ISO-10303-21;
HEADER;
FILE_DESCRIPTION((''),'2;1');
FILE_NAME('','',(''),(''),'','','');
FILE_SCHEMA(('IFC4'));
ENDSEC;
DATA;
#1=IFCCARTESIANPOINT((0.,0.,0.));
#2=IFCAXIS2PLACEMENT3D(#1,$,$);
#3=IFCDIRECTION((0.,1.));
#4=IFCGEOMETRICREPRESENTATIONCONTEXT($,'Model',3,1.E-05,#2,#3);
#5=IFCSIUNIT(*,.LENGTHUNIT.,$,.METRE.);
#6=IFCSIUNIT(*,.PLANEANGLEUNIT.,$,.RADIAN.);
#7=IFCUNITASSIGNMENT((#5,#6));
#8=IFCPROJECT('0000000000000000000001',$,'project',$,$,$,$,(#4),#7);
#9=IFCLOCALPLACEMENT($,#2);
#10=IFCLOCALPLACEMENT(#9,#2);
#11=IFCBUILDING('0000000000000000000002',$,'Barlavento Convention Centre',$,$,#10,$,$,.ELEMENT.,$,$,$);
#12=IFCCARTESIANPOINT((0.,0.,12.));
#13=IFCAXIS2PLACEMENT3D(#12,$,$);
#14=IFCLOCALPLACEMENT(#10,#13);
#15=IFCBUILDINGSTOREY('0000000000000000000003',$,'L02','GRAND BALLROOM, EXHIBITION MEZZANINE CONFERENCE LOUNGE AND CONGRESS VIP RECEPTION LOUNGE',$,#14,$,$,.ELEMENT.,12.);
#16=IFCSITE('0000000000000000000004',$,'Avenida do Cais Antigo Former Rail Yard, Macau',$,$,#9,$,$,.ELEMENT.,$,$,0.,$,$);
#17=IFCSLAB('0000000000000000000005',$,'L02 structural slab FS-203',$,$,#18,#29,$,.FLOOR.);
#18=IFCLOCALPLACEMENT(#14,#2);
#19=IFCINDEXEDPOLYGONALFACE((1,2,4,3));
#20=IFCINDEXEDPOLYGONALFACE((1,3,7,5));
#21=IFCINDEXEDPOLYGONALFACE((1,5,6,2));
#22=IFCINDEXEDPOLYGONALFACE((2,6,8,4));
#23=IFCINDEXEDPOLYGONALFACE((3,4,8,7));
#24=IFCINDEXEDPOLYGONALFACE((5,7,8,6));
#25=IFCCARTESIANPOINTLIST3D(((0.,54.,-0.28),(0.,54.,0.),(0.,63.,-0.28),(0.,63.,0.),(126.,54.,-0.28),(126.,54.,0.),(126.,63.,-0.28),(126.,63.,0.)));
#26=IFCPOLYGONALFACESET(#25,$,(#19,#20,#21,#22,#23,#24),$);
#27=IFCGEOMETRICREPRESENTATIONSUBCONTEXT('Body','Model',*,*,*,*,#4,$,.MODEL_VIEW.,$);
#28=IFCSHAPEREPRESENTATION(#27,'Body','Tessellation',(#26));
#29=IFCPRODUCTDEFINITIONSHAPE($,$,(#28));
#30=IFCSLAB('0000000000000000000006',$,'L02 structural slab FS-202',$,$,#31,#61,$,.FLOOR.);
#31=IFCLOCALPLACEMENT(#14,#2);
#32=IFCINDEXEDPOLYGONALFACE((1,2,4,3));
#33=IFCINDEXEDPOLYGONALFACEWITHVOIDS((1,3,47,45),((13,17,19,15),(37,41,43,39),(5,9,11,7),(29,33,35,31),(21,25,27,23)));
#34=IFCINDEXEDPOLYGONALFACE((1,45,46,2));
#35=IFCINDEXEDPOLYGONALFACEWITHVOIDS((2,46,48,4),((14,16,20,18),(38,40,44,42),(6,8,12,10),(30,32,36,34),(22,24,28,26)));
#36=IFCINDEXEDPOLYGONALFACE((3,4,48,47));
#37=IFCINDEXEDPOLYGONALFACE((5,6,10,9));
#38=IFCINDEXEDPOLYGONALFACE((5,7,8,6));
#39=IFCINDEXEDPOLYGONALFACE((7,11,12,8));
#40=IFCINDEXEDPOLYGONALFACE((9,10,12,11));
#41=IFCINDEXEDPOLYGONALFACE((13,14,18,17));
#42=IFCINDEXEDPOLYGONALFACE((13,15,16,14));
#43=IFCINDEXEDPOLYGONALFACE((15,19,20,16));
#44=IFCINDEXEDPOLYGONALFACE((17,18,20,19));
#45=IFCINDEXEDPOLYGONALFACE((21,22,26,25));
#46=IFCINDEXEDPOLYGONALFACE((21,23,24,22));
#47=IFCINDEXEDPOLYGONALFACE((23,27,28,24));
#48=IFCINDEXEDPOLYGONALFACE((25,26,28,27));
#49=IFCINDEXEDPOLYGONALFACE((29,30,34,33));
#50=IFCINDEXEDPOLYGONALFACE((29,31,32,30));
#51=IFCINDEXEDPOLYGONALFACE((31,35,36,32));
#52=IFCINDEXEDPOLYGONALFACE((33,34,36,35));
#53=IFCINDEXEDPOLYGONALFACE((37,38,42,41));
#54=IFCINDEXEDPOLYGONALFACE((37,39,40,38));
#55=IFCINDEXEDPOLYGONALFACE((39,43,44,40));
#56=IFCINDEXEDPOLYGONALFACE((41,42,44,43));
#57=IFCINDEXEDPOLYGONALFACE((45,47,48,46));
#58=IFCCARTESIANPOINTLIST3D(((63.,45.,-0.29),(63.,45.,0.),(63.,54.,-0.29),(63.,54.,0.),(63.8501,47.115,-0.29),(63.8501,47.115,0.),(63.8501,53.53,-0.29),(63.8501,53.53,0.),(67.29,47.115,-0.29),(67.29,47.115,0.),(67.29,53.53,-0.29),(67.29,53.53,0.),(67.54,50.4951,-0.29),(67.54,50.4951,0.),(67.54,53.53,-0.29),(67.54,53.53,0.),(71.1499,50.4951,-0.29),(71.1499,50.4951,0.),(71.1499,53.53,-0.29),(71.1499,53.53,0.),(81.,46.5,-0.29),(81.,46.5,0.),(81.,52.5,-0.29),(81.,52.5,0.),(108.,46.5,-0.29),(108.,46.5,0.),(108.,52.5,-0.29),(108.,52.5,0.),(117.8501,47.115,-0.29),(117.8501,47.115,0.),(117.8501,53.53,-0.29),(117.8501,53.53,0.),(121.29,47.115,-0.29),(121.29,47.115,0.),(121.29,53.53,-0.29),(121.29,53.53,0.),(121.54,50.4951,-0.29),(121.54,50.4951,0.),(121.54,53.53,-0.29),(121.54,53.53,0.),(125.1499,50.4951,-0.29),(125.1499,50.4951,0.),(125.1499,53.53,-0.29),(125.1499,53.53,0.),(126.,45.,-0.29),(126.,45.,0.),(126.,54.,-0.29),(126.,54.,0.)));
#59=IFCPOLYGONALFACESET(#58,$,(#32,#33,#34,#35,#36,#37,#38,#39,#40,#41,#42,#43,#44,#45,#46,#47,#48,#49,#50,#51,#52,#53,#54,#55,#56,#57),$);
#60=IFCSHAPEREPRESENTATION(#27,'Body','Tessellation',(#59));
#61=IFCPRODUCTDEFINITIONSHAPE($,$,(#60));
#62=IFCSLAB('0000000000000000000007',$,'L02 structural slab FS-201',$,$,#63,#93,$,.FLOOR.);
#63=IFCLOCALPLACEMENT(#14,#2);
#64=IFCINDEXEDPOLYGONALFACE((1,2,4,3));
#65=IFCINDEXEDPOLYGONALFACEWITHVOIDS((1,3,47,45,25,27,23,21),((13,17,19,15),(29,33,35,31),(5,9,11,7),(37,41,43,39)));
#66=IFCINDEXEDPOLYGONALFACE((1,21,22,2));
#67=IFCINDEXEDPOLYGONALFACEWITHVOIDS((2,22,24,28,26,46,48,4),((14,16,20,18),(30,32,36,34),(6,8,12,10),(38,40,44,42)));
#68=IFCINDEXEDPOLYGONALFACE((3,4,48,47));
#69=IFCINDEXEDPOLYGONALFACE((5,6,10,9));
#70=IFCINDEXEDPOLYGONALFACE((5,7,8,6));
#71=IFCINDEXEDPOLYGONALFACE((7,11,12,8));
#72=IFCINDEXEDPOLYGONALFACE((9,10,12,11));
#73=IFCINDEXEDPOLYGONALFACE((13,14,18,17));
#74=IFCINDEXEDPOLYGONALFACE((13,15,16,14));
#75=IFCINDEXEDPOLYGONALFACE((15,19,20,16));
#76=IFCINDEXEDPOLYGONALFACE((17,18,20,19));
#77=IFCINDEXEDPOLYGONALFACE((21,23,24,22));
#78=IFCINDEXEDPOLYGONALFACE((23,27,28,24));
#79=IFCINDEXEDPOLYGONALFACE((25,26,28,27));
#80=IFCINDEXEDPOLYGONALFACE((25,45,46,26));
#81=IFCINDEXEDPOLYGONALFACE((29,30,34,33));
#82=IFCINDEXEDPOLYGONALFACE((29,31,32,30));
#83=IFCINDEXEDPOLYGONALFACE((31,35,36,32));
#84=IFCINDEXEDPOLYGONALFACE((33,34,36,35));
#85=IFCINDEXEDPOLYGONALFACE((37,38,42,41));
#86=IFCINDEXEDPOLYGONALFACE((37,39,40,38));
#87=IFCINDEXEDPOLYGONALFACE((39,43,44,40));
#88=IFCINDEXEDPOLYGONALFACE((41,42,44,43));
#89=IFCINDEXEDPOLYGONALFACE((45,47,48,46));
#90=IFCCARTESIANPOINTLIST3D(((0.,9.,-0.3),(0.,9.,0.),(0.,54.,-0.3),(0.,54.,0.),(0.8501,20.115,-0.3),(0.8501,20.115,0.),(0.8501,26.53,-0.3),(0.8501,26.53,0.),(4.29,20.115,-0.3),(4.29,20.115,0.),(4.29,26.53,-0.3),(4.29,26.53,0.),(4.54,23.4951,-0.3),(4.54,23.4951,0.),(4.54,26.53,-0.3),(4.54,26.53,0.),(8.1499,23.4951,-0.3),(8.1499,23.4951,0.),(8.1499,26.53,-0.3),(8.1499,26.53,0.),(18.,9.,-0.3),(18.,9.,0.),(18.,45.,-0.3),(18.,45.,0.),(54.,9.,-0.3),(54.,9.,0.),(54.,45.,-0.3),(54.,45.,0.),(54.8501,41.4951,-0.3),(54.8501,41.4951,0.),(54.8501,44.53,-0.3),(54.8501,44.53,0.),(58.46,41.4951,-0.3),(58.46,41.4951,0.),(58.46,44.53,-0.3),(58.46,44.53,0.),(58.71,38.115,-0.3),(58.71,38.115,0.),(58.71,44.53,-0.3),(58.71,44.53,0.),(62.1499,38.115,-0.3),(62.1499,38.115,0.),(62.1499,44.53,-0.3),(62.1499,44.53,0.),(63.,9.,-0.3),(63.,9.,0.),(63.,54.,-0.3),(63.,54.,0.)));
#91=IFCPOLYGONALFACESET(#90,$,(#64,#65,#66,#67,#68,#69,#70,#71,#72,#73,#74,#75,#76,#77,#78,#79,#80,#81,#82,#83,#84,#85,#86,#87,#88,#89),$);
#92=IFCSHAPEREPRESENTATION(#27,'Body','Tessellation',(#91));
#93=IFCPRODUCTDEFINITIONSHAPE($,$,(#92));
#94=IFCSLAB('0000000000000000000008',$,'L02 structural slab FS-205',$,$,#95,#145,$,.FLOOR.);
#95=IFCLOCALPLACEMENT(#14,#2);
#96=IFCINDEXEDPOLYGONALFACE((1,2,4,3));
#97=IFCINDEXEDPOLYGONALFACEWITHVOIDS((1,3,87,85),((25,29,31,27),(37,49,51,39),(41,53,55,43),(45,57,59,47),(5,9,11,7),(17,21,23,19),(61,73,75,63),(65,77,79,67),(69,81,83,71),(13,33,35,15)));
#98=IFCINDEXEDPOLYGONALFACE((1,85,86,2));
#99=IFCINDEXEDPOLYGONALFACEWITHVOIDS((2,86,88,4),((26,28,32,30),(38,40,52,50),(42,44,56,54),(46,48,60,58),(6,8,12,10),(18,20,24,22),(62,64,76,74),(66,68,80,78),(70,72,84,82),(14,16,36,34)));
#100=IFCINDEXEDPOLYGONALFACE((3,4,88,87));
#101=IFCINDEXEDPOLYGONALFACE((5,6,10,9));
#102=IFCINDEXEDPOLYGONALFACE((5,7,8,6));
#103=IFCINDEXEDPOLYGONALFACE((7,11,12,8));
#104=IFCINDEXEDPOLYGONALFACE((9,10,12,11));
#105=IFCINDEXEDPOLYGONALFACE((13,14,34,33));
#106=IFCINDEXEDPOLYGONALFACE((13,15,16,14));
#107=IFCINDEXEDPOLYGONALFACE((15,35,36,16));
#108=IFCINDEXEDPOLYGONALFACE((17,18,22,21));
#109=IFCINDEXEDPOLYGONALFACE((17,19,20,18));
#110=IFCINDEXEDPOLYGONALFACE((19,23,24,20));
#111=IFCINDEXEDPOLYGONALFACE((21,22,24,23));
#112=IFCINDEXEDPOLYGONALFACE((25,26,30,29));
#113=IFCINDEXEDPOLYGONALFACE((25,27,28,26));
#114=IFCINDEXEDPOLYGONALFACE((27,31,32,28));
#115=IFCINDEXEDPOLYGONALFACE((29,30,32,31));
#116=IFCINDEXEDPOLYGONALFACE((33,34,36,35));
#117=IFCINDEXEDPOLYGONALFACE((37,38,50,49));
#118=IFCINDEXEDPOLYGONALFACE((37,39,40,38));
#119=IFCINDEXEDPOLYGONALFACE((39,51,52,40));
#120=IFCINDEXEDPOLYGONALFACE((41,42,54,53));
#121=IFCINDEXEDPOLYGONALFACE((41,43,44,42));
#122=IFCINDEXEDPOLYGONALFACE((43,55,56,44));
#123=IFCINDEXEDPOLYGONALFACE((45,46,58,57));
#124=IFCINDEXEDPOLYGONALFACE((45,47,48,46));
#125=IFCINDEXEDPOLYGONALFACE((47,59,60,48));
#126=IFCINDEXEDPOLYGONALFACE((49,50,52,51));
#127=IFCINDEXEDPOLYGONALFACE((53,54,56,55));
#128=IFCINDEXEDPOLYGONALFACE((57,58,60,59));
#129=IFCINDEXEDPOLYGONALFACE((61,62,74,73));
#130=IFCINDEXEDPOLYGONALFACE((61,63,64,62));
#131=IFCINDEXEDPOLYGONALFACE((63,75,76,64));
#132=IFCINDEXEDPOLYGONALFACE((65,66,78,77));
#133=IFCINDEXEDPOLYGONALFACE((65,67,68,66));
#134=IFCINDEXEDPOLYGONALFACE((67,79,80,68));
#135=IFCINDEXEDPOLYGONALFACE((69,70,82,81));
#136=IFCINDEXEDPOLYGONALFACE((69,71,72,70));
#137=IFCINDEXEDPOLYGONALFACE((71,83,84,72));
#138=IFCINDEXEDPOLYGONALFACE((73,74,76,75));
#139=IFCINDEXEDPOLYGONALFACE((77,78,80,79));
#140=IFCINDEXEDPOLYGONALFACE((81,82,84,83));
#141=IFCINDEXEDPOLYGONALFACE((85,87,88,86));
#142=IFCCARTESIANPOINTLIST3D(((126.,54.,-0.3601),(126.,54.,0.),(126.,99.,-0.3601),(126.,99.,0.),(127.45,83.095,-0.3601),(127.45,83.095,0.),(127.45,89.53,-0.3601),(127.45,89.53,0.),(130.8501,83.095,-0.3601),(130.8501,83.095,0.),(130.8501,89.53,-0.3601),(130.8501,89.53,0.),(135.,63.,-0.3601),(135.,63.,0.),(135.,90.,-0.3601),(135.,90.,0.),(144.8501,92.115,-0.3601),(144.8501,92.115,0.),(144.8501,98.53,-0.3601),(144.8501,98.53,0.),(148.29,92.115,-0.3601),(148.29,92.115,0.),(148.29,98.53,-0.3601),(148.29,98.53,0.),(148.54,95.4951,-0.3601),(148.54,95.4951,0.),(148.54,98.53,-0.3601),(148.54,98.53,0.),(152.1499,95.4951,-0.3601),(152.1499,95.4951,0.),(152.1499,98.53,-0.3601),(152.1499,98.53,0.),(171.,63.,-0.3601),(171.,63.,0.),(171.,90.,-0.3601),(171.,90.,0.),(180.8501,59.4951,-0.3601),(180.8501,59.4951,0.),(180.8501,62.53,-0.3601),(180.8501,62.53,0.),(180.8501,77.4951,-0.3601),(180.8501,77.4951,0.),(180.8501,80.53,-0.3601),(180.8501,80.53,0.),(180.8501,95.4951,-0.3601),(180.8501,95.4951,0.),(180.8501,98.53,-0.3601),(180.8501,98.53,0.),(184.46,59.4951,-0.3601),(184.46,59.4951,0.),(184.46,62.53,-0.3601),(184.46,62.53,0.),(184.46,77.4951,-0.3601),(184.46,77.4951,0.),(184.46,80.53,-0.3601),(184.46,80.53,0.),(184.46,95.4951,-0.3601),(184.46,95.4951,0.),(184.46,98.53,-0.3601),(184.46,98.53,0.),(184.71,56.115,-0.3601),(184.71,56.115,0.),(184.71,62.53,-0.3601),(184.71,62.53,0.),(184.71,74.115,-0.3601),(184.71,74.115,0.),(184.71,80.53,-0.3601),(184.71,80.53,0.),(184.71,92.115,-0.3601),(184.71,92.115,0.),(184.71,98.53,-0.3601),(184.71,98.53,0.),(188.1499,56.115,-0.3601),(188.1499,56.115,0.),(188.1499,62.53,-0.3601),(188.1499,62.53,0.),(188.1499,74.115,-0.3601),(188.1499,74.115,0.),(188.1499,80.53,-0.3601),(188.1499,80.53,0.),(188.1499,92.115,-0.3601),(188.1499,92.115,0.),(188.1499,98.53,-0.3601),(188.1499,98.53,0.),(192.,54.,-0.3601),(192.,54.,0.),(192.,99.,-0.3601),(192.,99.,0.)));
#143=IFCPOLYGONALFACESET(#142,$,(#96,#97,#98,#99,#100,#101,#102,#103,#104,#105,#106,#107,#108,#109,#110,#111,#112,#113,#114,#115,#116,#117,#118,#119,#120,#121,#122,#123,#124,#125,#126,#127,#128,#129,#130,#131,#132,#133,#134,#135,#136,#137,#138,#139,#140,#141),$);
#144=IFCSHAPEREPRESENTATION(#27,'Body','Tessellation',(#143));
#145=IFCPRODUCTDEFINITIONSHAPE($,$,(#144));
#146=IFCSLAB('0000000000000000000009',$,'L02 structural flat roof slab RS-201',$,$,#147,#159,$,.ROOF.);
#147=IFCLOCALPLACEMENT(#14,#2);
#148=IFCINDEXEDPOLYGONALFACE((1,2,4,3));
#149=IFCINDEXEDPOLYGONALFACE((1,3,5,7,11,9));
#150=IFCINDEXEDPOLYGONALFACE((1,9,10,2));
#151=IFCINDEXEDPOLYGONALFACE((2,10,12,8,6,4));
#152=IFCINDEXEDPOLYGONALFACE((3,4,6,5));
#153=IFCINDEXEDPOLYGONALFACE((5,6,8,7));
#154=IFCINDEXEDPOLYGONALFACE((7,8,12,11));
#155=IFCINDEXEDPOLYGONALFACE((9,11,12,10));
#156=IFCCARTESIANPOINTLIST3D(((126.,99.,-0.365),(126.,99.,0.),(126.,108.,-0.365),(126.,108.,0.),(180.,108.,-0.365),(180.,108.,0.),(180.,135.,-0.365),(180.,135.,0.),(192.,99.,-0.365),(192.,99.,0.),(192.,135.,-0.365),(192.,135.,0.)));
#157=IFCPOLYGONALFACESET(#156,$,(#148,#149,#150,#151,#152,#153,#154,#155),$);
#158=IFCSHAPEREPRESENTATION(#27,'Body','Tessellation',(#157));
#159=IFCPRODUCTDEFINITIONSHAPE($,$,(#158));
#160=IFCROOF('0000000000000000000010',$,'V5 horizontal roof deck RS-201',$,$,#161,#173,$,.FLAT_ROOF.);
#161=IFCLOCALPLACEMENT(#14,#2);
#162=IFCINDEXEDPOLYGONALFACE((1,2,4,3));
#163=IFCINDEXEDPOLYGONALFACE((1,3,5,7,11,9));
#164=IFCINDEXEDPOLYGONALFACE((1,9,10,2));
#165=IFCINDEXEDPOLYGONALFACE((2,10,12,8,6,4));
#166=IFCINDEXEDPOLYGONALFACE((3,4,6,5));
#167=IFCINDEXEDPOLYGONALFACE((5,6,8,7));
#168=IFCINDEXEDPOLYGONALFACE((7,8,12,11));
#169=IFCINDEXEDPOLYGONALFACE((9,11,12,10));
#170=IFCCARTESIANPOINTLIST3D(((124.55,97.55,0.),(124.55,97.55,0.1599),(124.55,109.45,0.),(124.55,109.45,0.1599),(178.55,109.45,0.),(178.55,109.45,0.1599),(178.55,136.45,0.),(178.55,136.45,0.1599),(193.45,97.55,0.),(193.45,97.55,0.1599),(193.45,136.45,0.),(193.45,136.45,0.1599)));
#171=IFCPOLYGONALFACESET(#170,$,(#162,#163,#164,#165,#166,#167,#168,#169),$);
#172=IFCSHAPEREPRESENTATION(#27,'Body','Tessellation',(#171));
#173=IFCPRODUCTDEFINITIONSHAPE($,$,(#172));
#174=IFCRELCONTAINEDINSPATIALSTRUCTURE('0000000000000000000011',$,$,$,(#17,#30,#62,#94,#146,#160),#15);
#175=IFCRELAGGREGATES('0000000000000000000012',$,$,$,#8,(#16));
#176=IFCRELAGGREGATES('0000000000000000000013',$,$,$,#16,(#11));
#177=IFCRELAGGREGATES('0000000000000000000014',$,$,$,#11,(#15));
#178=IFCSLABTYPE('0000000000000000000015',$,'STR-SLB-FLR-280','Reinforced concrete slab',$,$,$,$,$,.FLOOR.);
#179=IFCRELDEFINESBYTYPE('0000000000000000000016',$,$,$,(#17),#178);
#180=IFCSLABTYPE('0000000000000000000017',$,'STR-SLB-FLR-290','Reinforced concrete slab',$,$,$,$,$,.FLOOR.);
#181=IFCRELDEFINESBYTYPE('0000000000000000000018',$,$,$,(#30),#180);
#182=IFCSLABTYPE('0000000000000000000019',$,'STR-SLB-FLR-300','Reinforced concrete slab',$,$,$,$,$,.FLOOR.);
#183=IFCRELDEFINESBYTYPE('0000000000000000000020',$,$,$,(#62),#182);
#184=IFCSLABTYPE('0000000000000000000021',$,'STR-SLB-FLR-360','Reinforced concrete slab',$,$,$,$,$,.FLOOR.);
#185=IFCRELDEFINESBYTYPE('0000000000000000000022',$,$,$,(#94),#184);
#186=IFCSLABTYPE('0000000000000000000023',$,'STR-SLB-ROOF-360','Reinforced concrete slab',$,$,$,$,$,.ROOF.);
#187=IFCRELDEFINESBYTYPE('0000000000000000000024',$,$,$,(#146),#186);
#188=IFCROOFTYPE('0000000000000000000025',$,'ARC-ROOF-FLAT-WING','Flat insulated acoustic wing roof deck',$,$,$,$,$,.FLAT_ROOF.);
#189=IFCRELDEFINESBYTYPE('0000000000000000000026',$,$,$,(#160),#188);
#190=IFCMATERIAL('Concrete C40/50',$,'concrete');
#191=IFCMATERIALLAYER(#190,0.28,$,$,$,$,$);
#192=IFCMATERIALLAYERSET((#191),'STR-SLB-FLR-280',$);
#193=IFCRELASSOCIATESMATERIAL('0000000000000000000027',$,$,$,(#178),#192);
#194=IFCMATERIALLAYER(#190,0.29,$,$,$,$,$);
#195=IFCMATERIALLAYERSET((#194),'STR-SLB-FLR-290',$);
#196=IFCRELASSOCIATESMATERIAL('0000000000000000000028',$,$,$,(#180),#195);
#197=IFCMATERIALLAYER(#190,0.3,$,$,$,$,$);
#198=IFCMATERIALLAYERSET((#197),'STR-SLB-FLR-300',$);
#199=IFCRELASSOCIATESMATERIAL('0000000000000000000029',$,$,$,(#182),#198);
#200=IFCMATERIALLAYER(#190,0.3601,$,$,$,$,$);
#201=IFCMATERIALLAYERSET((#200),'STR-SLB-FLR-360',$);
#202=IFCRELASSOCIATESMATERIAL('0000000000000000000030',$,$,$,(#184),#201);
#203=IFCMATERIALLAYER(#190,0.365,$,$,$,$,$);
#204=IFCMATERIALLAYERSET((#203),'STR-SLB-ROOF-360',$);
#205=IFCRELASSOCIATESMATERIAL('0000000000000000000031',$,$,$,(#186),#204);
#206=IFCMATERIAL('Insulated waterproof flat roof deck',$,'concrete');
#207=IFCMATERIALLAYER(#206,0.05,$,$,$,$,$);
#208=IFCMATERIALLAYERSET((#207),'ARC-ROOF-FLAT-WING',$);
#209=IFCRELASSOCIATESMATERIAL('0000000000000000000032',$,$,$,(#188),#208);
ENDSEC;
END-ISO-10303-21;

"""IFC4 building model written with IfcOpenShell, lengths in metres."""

from ifc_helpers import new_model, si_unit, direction, frame, origin, place, context, subcontext, project, spatial, polyline, outline, extrude, material, layer, layer_set, type_object, element, save


model = new_model("IFC4")

# Units and contexts
model_context = context("Model", 3, precision=1e-05, world=origin(), true_north=direction((0.0, 1.0)))
body_context = subcontext(model_context, "Body", "Model", "MODEL_VIEW")
ifc_project = project(units=[si_unit("LENGTHUNIT", "METRE"), si_unit("PLANEANGLEUNIT", "RADIAN")], contexts=[model_context])

# Site, building, storey
site_placement = place(None, origin())
site = spatial("IfcSite", under=ifc_project, at=site_placement, Name="Avenida do Cais Antigo Former Rail Yard, Macau", CompositionType="ELEMENT", RefElevation=0.0)
building_placement = place(site_placement, origin())
building = spatial("IfcBuilding", under=site, at=building_placement, Name="Barlavento Convention Centre", CompositionType="ELEMENT")
storey_placement = place(building_placement, frame((0.0, 0.0, 12.0)))
storey = spatial("IfcBuildingStorey", under=building, at=storey_placement, Name="L02", Description="GRAND BALLROOM, EXHIBITION MEZZANINE CONFERENCE LOUNGE AND CONGRESS VIP RECEPTION LOUNGE", CompositionType="ELEMENT", Elevation=12.0)

# Slabs
ifc_material_1 = material(Name="Concrete C40/50", Category="concrete")
ifc_layer_1 = layer(ifc_material_1, 0.28)
ifc_layer_set_1 = layer_set([ifc_layer_1], Name="STR-SLB-FLR-280")
slab_type_1 = type_object("IfcSlabType", Name="STR-SLB-FLR-280", Description="Reinforced concrete slab", PredefinedType="FLOOR", material=ifc_layer_set_1)
slab_1_placement = place(storey_placement, frame((0.0, 0.0, -0.28)))
element("IfcSlab", 1, at=slab_1_placement, inside=storey, type_object=slab_type_1, Name="L02 structural slab FS-203", PredefinedType="FLOOR", context=body_context, shape_type="SweptSolid", body=[
    extrude(outline(polyline([(0.0, 54.0), (126.0, 54.0), (126.0, 63.0), (0.0, 63.0), (0.0, 54.0)])), origin(), (0.0, 0.0, 1.0), 0.28),
])
ifc_layer_2 = layer(ifc_material_1, 0.29)
ifc_layer_set_2 = layer_set([ifc_layer_2], Name="STR-SLB-FLR-290")
slab_type_2 = type_object("IfcSlabType", Name="STR-SLB-FLR-290", Description="Reinforced concrete slab", PredefinedType="FLOOR", material=ifc_layer_set_2)
slab_2_placement = place(storey_placement, frame((0.0, 0.0, -0.29)))
element("IfcSlab", 2, at=slab_2_placement, inside=storey, type_object=slab_type_2, Name="L02 structural slab FS-202", PredefinedType="FLOOR", context=body_context, shape_type="SweptSolid", body=[
    extrude(outline(polyline([(63.0, 45.0), (126.0, 45.0), (126.0, 54.0), (63.0, 54.0), (63.0, 45.0)]), holes=[polyline([(67.29, 47.115), (67.29, 53.53), (63.8501, 53.53), (63.8501, 47.115), (67.29, 47.115)]), polyline([(67.54, 50.4951), (71.1499, 50.4951), (71.1499, 53.53), (67.54, 53.53), (67.54, 50.4951)]), polyline([(121.29, 47.115), (121.29, 53.53), (117.8501, 53.53), (117.8501, 47.115), (121.29, 47.115)]), polyline([(121.54, 50.4951), (125.1499, 50.4951), (125.1499, 53.53), (121.54, 53.53), (121.54, 50.4951)]), polyline([(81.0, 46.5), (108.0, 46.5), (108.0, 52.5), (81.0, 52.5), (81.0, 46.5)])]), origin(), (0.0, 0.0, 1.0), 0.29),
])
ifc_layer_3 = layer(ifc_material_1, 0.3)
ifc_layer_set_3 = layer_set([ifc_layer_3], Name="STR-SLB-FLR-300")
slab_type_3 = type_object("IfcSlabType", Name="STR-SLB-FLR-300", Description="Reinforced concrete slab", PredefinedType="FLOOR", material=ifc_layer_set_3)
slab_3_placement = place(storey_placement, frame((0.0, 0.0, -0.3)))
element("IfcSlab", 3, at=slab_3_placement, inside=storey, type_object=slab_type_3, Name="L02 structural slab FS-201", PredefinedType="FLOOR", context=body_context, shape_type="SweptSolid", body=[
    extrude(outline(polyline([(0.0, 9.0), (18.0, 9.0), (18.0, 45.0), (54.0, 45.0), (54.0, 9.0), (63.0, 9.0), (63.0, 54.0), (0.0, 54.0), (0.0, 9.0)]), holes=[polyline([(4.29, 20.115), (4.29, 26.53), (0.8501, 26.53), (0.8501, 20.115), (4.29, 20.115)]), polyline([(4.54, 23.4951), (8.1499, 23.4951), (8.1499, 26.53), (4.54, 26.53), (4.54, 23.4951)]), polyline([(62.1499, 38.115), (62.1499, 44.53), (58.71, 44.53), (58.71, 38.115), (62.1499, 38.115)]), polyline([(54.8501, 41.4951), (58.46, 41.4951), (58.46, 44.53), (54.8501, 44.53), (54.8501, 41.4951)])]), origin(), (0.0, 0.0, 1.0), 0.3),
])
ifc_layer_4 = layer(ifc_material_1, 0.3601)
ifc_layer_set_4 = layer_set([ifc_layer_4], Name="STR-SLB-FLR-360")
slab_type_4 = type_object("IfcSlabType", Name="STR-SLB-FLR-360", Description="Reinforced concrete slab", PredefinedType="FLOOR", material=ifc_layer_set_4)
slab_4_placement = place(storey_placement, frame((0.0, 0.0, -0.3601)))
element("IfcSlab", 4, at=slab_4_placement, inside=storey, type_object=slab_type_4, Name="L02 structural slab FS-205", PredefinedType="FLOOR", context=body_context, shape_type="SweptSolid", body=[
    extrude(outline(polyline([(126.0, 54.0), (192.0, 54.0), (192.0, 99.0), (126.0, 99.0), (126.0, 54.0)]), holes=[polyline([(135.0, 63.0), (171.0, 63.0), (171.0, 90.0), (135.0, 90.0), (135.0, 63.0)]), polyline([(188.1499, 56.115), (188.1499, 62.53), (184.71, 62.53), (184.71, 56.115), (188.1499, 56.115)]), polyline([(180.8501, 59.4951), (184.46, 59.4951), (184.46, 62.53), (180.8501, 62.53), (180.8501, 59.4951)]), polyline([(188.1499, 74.115), (188.1499, 80.53), (184.71, 80.53), (184.71, 74.115), (188.1499, 74.115)]), polyline([(180.8501, 77.4951), (184.46, 77.4951), (184.46, 80.53), (180.8501, 80.53), (180.8501, 77.4951)]), polyline([(188.1499, 92.115), (188.1499, 98.53), (184.71, 98.53), (184.71, 92.115), (188.1499, 92.115)]), polyline([(180.8501, 95.4951), (184.46, 95.4951), (184.46, 98.53), (180.8501, 98.53), (180.8501, 95.4951)]), polyline([(148.29, 92.115), (148.29, 98.53), (144.8501, 98.53), (144.8501, 92.115), (148.29, 92.115)]), polyline([(148.54, 95.4951), (152.1499, 95.4951), (152.1499, 98.53), (148.54, 98.53), (148.54, 95.4951)]), polyline([(130.8501, 83.095), (130.8501, 89.53), (127.45, 89.53), (127.45, 83.095), (130.8501, 83.095)])]), origin(), (0.0, 0.0, 1.0), 0.3601),
])
ifc_layer_5 = layer(ifc_material_1, 0.365)
ifc_layer_set_5 = layer_set([ifc_layer_5], Name="STR-SLB-ROOF-360")
slab_type_5 = type_object("IfcSlabType", Name="STR-SLB-ROOF-360", Description="Reinforced concrete slab", PredefinedType="ROOF", material=ifc_layer_set_5)
slab_5_placement = place(storey_placement, frame((0.0, 0.0, -0.365)))
element("IfcSlab", 5, at=slab_5_placement, inside=storey, type_object=slab_type_5, Name="L02 structural flat roof slab RS-201", PredefinedType="ROOF", context=body_context, shape_type="SweptSolid", body=[
    extrude(outline(polyline([(126.0, 99.0), (192.0, 99.0), (192.0, 135.0), (180.0, 135.0), (180.0, 108.0), (126.0, 108.0), (126.0, 99.0)])), origin(), (0.0, 0.0, 1.0), 0.365),
])

# Roof
ifc_material_2 = material(Name="Insulated waterproof flat roof deck", Category="concrete")
ifc_layer_6 = layer(ifc_material_2, 0.05)
ifc_layer_set_6 = layer_set([ifc_layer_6], Name="ARC-ROOF-FLAT-WING")
roof_type = type_object("IfcRoofType", Name="ARC-ROOF-FLAT-WING", Description="Flat insulated acoustic wing roof deck", PredefinedType="FLAT_ROOF", material=ifc_layer_set_6)
roof_placement = place(storey_placement, origin())
element("IfcRoof", 6, at=roof_placement, inside=storey, type_object=roof_type, Name="V5 horizontal roof deck RS-201", PredefinedType="FLAT_ROOF", context=body_context, shape_type="SweptSolid", body=[
    extrude(outline(polyline([(124.55, 97.55), (124.55, 109.45), (178.55, 109.45), (178.55, 136.45), (193.45, 136.45), (193.45, 97.55), (124.55, 97.55)])), origin(), (0.0, 0.0, 1.0), 0.1599),
])

save(model, "model.ifc")
